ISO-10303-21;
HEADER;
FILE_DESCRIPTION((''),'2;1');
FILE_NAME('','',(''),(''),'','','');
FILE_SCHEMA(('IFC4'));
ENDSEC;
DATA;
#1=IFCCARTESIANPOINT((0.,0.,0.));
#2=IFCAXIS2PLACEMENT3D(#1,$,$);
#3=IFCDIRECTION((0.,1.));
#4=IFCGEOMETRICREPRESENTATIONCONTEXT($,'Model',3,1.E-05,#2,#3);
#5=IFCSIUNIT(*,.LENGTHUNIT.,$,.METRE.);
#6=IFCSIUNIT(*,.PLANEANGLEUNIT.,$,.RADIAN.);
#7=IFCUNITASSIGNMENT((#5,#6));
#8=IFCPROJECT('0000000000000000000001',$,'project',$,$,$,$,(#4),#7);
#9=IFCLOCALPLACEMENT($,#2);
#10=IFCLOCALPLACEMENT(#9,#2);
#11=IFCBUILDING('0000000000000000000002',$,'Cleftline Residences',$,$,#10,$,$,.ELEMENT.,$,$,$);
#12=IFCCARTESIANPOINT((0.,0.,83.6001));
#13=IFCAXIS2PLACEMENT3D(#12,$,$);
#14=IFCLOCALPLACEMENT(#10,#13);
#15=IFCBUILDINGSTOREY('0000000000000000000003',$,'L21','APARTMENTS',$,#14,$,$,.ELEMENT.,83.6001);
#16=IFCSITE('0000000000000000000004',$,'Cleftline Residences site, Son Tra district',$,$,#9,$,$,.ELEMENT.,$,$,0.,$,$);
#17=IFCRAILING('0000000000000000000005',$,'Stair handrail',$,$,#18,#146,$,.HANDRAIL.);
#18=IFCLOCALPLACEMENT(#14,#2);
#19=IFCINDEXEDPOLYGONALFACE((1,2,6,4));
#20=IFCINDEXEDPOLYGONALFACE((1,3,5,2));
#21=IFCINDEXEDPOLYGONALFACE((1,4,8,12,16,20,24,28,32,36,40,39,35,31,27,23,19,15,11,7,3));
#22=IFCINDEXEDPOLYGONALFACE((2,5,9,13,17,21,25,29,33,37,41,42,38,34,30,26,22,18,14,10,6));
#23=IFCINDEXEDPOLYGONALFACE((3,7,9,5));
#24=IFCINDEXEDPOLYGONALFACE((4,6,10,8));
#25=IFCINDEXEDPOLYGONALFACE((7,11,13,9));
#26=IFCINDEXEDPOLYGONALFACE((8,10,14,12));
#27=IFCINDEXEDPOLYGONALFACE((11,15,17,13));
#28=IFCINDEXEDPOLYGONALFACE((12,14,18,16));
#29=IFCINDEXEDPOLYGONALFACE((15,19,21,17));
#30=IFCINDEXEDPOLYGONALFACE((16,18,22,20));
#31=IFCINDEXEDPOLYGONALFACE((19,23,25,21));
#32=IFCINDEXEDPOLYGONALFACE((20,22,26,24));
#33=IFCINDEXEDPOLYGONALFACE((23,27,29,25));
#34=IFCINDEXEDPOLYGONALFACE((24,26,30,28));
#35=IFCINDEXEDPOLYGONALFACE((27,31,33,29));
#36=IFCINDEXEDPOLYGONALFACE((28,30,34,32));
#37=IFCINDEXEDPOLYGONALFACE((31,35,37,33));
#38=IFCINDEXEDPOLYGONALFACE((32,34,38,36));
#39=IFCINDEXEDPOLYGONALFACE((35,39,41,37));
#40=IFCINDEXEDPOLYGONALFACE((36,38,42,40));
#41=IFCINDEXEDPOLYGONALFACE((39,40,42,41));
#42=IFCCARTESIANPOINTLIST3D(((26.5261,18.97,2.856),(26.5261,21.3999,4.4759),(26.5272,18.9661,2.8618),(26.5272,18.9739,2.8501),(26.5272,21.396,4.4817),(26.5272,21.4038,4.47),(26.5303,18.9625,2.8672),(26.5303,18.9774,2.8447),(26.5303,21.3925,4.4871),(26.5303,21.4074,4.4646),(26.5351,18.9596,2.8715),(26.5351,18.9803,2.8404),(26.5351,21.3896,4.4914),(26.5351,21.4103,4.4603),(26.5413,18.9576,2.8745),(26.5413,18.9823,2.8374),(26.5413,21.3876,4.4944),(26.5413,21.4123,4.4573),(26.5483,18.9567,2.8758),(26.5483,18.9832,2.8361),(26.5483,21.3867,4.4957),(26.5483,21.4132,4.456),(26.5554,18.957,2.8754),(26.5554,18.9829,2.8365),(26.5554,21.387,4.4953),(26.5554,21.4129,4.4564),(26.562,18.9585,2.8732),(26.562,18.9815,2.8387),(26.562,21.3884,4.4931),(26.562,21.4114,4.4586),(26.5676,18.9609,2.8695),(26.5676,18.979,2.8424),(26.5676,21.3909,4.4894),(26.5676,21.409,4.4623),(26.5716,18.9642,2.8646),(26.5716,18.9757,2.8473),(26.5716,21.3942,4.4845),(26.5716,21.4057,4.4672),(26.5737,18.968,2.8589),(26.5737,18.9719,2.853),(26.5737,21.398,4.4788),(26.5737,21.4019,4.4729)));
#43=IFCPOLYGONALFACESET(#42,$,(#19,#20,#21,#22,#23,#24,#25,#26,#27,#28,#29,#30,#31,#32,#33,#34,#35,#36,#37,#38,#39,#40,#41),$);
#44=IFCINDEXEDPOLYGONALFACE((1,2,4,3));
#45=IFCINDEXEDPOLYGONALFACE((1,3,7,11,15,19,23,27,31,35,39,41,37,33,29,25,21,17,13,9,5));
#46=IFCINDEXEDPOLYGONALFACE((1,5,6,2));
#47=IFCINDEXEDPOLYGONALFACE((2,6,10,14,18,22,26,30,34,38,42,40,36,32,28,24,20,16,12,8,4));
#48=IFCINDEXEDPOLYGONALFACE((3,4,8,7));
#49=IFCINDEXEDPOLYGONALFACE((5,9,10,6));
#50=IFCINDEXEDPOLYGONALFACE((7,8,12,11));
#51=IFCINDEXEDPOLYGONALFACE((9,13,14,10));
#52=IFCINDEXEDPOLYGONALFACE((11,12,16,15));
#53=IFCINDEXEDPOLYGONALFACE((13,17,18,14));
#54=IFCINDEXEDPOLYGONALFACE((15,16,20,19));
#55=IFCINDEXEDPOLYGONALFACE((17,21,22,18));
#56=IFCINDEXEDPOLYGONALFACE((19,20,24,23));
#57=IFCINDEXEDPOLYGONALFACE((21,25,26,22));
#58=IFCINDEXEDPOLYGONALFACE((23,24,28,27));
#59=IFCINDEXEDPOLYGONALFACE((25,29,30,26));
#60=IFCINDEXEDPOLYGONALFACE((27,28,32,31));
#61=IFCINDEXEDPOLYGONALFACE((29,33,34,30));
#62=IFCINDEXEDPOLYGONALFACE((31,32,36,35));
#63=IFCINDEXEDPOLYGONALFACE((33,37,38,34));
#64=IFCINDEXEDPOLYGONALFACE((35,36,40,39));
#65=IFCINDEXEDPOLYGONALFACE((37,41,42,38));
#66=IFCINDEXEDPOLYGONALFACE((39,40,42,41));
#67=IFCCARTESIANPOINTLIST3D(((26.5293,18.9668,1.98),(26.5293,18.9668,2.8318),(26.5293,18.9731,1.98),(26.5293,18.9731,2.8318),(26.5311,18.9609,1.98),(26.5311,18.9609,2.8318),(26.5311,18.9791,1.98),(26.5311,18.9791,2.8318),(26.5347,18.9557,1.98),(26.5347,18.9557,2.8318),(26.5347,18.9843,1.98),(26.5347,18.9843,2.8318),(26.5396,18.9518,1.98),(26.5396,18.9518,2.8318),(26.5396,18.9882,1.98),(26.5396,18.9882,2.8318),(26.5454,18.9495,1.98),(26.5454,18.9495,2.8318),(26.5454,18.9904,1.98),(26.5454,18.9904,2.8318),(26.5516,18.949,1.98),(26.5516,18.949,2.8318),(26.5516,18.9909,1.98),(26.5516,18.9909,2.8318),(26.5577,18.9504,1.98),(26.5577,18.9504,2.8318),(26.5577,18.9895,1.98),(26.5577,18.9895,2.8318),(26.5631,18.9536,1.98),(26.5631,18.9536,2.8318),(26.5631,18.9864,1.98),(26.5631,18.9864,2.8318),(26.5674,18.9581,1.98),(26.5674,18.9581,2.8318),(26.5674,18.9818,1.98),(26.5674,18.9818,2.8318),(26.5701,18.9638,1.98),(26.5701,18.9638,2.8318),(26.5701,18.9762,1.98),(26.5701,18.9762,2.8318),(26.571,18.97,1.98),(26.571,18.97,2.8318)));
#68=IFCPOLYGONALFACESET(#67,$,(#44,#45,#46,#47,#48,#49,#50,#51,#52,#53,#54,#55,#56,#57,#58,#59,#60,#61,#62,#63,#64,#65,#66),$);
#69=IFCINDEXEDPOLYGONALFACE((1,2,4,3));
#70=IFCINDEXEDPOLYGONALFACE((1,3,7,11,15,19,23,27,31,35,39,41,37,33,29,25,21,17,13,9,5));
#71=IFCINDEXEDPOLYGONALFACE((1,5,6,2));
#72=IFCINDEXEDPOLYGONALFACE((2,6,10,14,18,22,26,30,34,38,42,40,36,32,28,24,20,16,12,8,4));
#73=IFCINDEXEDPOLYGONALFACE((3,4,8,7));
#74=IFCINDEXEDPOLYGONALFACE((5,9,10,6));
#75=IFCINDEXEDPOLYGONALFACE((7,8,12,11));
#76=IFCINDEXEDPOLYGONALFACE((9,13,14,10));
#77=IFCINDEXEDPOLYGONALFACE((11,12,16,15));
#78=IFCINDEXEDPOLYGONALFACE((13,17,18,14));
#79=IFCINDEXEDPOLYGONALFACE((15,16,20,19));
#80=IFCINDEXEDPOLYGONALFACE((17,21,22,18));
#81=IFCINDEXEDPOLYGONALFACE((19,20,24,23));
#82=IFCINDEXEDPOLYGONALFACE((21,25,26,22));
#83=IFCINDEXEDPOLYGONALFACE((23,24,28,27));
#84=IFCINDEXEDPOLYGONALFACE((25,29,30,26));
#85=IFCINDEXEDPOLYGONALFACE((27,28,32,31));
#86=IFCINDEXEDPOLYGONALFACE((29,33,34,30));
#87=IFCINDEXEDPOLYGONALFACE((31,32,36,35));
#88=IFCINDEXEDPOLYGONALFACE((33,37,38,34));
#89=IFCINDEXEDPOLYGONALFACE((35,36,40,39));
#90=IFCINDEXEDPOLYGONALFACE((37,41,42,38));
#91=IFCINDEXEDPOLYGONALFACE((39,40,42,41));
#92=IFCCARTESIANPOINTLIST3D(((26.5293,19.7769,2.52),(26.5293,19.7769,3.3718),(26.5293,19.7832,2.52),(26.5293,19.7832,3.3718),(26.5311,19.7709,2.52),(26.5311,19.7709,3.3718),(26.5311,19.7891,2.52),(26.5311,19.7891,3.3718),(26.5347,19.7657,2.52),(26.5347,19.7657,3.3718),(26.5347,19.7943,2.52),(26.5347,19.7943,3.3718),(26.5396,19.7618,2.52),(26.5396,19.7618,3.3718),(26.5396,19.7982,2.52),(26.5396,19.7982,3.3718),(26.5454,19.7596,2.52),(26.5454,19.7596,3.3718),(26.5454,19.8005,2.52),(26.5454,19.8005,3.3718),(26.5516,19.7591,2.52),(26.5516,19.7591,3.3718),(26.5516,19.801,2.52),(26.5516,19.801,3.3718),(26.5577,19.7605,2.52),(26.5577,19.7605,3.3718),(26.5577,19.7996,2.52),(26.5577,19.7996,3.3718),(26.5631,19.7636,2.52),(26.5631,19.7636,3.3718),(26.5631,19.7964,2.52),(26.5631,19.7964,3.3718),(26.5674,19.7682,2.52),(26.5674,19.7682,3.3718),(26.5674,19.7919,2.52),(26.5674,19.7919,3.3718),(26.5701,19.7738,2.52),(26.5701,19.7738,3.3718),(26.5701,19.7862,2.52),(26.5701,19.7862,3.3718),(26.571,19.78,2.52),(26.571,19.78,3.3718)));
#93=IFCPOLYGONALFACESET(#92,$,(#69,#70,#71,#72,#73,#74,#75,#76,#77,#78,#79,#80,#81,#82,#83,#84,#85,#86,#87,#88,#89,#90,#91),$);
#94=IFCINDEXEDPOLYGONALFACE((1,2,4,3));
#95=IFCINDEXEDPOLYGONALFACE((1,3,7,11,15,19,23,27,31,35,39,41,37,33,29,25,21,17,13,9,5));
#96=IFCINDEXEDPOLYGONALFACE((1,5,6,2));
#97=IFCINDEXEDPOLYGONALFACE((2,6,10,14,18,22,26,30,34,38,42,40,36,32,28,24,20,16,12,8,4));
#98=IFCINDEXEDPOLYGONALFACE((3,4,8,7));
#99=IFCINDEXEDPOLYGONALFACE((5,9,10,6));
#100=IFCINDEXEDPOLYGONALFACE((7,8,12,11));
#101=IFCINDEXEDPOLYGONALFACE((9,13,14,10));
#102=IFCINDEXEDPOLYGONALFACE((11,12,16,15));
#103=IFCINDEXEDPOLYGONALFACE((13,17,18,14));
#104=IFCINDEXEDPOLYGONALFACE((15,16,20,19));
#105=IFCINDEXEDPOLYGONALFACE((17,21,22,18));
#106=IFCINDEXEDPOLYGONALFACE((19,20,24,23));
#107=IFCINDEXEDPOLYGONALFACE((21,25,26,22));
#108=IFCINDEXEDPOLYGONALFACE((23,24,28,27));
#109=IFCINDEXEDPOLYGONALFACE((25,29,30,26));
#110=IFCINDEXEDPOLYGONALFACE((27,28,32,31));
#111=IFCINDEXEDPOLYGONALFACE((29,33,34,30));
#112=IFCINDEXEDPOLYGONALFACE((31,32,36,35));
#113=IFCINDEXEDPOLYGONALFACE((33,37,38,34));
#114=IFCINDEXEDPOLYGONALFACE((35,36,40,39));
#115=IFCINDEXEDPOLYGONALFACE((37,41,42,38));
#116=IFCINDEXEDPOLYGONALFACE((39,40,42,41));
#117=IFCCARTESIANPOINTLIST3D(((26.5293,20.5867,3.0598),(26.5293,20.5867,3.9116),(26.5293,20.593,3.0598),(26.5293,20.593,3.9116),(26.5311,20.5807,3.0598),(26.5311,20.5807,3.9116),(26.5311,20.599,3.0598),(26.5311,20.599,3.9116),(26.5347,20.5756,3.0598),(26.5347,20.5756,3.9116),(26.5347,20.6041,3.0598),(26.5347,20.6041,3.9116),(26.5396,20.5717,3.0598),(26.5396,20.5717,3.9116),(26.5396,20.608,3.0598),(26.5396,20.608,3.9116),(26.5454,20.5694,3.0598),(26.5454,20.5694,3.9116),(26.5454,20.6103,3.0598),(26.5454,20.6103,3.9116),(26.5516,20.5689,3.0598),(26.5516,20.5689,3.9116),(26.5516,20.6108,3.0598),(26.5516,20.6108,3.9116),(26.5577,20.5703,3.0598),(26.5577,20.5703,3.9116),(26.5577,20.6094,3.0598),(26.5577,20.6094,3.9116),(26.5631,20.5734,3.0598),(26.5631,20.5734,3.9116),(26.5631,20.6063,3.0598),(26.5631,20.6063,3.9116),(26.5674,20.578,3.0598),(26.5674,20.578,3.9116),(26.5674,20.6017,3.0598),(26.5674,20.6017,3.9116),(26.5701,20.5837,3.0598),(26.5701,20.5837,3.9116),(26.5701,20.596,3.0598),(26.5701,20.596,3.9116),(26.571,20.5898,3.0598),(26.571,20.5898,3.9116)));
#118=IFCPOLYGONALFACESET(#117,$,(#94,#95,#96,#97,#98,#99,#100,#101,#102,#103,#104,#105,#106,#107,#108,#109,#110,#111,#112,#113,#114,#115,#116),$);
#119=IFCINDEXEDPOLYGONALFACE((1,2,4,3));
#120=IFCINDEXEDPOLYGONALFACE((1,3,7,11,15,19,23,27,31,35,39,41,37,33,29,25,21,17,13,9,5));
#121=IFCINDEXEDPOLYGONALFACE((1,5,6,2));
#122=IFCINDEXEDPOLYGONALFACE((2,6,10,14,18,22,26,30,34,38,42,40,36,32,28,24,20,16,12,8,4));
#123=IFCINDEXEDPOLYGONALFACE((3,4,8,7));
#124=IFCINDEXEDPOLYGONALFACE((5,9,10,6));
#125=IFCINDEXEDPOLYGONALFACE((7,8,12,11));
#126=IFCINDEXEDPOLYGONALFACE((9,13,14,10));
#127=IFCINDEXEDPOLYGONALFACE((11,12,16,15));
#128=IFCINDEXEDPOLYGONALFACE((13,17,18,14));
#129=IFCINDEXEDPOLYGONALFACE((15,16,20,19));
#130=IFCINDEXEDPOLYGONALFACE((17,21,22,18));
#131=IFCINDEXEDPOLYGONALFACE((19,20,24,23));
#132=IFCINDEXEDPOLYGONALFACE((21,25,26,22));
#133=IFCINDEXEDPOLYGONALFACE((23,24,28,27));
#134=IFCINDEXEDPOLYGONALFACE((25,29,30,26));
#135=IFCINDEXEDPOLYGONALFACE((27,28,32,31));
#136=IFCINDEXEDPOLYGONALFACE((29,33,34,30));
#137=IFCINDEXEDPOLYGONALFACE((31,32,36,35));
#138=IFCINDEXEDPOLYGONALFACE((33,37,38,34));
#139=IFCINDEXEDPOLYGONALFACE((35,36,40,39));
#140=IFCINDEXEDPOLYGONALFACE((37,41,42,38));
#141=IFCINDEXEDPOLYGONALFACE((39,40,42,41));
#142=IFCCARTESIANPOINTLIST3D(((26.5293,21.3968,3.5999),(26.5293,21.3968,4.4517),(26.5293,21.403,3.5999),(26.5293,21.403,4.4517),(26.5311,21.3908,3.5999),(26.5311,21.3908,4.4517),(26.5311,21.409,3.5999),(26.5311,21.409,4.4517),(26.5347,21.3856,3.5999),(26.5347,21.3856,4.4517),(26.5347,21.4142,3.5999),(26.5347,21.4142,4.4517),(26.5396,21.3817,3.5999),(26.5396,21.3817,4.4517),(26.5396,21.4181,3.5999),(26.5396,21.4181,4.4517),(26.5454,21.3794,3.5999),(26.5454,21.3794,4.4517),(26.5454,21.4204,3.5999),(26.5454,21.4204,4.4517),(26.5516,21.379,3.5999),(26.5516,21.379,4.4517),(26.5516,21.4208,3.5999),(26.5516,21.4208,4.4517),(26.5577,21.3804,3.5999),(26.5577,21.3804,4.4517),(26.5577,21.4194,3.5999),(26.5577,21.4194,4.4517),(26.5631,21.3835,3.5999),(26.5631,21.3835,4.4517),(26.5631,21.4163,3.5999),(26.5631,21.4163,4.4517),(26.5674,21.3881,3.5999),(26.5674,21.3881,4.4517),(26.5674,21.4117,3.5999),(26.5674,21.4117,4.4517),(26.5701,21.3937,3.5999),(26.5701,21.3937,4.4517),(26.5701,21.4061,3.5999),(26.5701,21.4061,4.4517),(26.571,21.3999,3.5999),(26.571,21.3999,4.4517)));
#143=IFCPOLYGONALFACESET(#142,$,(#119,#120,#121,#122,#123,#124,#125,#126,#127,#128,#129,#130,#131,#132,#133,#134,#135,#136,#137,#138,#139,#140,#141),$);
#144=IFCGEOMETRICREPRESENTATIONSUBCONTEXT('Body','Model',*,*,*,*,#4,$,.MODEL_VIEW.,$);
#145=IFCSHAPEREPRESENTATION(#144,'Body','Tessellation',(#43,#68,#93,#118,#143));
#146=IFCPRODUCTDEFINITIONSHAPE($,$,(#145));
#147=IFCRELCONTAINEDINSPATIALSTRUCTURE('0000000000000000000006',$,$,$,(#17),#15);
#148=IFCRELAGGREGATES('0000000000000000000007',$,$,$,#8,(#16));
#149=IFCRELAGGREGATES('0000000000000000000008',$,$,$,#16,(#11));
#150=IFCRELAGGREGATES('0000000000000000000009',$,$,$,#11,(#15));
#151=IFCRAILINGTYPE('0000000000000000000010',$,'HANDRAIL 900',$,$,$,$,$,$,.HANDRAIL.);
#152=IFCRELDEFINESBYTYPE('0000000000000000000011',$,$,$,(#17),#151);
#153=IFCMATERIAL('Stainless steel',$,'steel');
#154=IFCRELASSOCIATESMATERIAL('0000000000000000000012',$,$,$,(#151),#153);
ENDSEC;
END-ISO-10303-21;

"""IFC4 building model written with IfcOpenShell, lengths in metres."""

from ifc_helpers import new_model, si_unit, direction, frame, origin, origin_2d, place, context, subcontext, project, spatial, circle, extrude, material, type_object, element, save


model = new_model("IFC4")

# Units and contexts
model_context = context("Model", 3, precision=1e-05, world=origin(), true_north=direction((0.0, 1.0)))
body_context = subcontext(model_context, "Body", "Model", "MODEL_VIEW")
ifc_project = project(units=[si_unit("LENGTHUNIT", "METRE"), si_unit("PLANEANGLEUNIT", "RADIAN")], contexts=[model_context])

# Site, building, storey
site_placement = place(None, origin())
site = spatial("IfcSite", under=ifc_project, at=site_placement, Name="Cleftline Residences site, Son Tra district", CompositionType="ELEMENT", RefElevation=0.0)
building_placement = place(site_placement, origin())
building = spatial("IfcBuilding", under=site, at=building_placement, Name="Cleftline Residences", CompositionType="ELEMENT")
storey_placement = place(building_placement, frame((0.0, 0.0, 83.6001)))
storey = spatial("IfcBuildingStorey", under=building, at=storey_placement, Name="L21", Description="APARTMENTS", CompositionType="ELEMENT", Elevation=83.6001)

# Railing
ifc_material_1 = material(Name="Stainless steel", Category="steel")
railing_type = type_object("IfcRailingType", Name="HANDRAIL 900", PredefinedType="HANDRAIL", material=ifc_material_1)
railing_1_placement = place(storey_placement, frame((26.55, 18.97, 1.98)))
element("IfcRailing", 1, at=railing_1_placement, inside=storey, type_object=railing_type, Name="Stair handrail", PredefinedType="HANDRAIL", context=body_context, shape_type="SweptSolid", body=[
    extrude(circle(Radius=0.0239, at=origin_2d()), frame((0.0, 0.0, 0.876), z_axis=(0.0, 0.832063, 0.554681), x_axis=(-1.0, 0.0, 0.0)), (0.0, 0.0, 1.0), 2.9204),
    extrude(circle(Radius=0.021, at=origin_2d()), origin(), (0.0, 0.0, 1.0), 0.8518),
    extrude(circle(Radius=0.021, at=origin_2d()), frame((0.0, 0.8101, 0.54)), (0.0, 0.0, 1.0), 0.8518),
    extrude(circle(Radius=0.021, at=origin_2d()), frame((0.0, 1.6199, 1.0798)), (0.0, 0.0, 1.0), 0.8518),
    extrude(circle(Radius=0.021, at=origin_2d()), frame((0.0, 2.4299, 1.6199)), (0.0, 0.0, 1.0), 0.8518),
])

save(model, "model.ifc")
